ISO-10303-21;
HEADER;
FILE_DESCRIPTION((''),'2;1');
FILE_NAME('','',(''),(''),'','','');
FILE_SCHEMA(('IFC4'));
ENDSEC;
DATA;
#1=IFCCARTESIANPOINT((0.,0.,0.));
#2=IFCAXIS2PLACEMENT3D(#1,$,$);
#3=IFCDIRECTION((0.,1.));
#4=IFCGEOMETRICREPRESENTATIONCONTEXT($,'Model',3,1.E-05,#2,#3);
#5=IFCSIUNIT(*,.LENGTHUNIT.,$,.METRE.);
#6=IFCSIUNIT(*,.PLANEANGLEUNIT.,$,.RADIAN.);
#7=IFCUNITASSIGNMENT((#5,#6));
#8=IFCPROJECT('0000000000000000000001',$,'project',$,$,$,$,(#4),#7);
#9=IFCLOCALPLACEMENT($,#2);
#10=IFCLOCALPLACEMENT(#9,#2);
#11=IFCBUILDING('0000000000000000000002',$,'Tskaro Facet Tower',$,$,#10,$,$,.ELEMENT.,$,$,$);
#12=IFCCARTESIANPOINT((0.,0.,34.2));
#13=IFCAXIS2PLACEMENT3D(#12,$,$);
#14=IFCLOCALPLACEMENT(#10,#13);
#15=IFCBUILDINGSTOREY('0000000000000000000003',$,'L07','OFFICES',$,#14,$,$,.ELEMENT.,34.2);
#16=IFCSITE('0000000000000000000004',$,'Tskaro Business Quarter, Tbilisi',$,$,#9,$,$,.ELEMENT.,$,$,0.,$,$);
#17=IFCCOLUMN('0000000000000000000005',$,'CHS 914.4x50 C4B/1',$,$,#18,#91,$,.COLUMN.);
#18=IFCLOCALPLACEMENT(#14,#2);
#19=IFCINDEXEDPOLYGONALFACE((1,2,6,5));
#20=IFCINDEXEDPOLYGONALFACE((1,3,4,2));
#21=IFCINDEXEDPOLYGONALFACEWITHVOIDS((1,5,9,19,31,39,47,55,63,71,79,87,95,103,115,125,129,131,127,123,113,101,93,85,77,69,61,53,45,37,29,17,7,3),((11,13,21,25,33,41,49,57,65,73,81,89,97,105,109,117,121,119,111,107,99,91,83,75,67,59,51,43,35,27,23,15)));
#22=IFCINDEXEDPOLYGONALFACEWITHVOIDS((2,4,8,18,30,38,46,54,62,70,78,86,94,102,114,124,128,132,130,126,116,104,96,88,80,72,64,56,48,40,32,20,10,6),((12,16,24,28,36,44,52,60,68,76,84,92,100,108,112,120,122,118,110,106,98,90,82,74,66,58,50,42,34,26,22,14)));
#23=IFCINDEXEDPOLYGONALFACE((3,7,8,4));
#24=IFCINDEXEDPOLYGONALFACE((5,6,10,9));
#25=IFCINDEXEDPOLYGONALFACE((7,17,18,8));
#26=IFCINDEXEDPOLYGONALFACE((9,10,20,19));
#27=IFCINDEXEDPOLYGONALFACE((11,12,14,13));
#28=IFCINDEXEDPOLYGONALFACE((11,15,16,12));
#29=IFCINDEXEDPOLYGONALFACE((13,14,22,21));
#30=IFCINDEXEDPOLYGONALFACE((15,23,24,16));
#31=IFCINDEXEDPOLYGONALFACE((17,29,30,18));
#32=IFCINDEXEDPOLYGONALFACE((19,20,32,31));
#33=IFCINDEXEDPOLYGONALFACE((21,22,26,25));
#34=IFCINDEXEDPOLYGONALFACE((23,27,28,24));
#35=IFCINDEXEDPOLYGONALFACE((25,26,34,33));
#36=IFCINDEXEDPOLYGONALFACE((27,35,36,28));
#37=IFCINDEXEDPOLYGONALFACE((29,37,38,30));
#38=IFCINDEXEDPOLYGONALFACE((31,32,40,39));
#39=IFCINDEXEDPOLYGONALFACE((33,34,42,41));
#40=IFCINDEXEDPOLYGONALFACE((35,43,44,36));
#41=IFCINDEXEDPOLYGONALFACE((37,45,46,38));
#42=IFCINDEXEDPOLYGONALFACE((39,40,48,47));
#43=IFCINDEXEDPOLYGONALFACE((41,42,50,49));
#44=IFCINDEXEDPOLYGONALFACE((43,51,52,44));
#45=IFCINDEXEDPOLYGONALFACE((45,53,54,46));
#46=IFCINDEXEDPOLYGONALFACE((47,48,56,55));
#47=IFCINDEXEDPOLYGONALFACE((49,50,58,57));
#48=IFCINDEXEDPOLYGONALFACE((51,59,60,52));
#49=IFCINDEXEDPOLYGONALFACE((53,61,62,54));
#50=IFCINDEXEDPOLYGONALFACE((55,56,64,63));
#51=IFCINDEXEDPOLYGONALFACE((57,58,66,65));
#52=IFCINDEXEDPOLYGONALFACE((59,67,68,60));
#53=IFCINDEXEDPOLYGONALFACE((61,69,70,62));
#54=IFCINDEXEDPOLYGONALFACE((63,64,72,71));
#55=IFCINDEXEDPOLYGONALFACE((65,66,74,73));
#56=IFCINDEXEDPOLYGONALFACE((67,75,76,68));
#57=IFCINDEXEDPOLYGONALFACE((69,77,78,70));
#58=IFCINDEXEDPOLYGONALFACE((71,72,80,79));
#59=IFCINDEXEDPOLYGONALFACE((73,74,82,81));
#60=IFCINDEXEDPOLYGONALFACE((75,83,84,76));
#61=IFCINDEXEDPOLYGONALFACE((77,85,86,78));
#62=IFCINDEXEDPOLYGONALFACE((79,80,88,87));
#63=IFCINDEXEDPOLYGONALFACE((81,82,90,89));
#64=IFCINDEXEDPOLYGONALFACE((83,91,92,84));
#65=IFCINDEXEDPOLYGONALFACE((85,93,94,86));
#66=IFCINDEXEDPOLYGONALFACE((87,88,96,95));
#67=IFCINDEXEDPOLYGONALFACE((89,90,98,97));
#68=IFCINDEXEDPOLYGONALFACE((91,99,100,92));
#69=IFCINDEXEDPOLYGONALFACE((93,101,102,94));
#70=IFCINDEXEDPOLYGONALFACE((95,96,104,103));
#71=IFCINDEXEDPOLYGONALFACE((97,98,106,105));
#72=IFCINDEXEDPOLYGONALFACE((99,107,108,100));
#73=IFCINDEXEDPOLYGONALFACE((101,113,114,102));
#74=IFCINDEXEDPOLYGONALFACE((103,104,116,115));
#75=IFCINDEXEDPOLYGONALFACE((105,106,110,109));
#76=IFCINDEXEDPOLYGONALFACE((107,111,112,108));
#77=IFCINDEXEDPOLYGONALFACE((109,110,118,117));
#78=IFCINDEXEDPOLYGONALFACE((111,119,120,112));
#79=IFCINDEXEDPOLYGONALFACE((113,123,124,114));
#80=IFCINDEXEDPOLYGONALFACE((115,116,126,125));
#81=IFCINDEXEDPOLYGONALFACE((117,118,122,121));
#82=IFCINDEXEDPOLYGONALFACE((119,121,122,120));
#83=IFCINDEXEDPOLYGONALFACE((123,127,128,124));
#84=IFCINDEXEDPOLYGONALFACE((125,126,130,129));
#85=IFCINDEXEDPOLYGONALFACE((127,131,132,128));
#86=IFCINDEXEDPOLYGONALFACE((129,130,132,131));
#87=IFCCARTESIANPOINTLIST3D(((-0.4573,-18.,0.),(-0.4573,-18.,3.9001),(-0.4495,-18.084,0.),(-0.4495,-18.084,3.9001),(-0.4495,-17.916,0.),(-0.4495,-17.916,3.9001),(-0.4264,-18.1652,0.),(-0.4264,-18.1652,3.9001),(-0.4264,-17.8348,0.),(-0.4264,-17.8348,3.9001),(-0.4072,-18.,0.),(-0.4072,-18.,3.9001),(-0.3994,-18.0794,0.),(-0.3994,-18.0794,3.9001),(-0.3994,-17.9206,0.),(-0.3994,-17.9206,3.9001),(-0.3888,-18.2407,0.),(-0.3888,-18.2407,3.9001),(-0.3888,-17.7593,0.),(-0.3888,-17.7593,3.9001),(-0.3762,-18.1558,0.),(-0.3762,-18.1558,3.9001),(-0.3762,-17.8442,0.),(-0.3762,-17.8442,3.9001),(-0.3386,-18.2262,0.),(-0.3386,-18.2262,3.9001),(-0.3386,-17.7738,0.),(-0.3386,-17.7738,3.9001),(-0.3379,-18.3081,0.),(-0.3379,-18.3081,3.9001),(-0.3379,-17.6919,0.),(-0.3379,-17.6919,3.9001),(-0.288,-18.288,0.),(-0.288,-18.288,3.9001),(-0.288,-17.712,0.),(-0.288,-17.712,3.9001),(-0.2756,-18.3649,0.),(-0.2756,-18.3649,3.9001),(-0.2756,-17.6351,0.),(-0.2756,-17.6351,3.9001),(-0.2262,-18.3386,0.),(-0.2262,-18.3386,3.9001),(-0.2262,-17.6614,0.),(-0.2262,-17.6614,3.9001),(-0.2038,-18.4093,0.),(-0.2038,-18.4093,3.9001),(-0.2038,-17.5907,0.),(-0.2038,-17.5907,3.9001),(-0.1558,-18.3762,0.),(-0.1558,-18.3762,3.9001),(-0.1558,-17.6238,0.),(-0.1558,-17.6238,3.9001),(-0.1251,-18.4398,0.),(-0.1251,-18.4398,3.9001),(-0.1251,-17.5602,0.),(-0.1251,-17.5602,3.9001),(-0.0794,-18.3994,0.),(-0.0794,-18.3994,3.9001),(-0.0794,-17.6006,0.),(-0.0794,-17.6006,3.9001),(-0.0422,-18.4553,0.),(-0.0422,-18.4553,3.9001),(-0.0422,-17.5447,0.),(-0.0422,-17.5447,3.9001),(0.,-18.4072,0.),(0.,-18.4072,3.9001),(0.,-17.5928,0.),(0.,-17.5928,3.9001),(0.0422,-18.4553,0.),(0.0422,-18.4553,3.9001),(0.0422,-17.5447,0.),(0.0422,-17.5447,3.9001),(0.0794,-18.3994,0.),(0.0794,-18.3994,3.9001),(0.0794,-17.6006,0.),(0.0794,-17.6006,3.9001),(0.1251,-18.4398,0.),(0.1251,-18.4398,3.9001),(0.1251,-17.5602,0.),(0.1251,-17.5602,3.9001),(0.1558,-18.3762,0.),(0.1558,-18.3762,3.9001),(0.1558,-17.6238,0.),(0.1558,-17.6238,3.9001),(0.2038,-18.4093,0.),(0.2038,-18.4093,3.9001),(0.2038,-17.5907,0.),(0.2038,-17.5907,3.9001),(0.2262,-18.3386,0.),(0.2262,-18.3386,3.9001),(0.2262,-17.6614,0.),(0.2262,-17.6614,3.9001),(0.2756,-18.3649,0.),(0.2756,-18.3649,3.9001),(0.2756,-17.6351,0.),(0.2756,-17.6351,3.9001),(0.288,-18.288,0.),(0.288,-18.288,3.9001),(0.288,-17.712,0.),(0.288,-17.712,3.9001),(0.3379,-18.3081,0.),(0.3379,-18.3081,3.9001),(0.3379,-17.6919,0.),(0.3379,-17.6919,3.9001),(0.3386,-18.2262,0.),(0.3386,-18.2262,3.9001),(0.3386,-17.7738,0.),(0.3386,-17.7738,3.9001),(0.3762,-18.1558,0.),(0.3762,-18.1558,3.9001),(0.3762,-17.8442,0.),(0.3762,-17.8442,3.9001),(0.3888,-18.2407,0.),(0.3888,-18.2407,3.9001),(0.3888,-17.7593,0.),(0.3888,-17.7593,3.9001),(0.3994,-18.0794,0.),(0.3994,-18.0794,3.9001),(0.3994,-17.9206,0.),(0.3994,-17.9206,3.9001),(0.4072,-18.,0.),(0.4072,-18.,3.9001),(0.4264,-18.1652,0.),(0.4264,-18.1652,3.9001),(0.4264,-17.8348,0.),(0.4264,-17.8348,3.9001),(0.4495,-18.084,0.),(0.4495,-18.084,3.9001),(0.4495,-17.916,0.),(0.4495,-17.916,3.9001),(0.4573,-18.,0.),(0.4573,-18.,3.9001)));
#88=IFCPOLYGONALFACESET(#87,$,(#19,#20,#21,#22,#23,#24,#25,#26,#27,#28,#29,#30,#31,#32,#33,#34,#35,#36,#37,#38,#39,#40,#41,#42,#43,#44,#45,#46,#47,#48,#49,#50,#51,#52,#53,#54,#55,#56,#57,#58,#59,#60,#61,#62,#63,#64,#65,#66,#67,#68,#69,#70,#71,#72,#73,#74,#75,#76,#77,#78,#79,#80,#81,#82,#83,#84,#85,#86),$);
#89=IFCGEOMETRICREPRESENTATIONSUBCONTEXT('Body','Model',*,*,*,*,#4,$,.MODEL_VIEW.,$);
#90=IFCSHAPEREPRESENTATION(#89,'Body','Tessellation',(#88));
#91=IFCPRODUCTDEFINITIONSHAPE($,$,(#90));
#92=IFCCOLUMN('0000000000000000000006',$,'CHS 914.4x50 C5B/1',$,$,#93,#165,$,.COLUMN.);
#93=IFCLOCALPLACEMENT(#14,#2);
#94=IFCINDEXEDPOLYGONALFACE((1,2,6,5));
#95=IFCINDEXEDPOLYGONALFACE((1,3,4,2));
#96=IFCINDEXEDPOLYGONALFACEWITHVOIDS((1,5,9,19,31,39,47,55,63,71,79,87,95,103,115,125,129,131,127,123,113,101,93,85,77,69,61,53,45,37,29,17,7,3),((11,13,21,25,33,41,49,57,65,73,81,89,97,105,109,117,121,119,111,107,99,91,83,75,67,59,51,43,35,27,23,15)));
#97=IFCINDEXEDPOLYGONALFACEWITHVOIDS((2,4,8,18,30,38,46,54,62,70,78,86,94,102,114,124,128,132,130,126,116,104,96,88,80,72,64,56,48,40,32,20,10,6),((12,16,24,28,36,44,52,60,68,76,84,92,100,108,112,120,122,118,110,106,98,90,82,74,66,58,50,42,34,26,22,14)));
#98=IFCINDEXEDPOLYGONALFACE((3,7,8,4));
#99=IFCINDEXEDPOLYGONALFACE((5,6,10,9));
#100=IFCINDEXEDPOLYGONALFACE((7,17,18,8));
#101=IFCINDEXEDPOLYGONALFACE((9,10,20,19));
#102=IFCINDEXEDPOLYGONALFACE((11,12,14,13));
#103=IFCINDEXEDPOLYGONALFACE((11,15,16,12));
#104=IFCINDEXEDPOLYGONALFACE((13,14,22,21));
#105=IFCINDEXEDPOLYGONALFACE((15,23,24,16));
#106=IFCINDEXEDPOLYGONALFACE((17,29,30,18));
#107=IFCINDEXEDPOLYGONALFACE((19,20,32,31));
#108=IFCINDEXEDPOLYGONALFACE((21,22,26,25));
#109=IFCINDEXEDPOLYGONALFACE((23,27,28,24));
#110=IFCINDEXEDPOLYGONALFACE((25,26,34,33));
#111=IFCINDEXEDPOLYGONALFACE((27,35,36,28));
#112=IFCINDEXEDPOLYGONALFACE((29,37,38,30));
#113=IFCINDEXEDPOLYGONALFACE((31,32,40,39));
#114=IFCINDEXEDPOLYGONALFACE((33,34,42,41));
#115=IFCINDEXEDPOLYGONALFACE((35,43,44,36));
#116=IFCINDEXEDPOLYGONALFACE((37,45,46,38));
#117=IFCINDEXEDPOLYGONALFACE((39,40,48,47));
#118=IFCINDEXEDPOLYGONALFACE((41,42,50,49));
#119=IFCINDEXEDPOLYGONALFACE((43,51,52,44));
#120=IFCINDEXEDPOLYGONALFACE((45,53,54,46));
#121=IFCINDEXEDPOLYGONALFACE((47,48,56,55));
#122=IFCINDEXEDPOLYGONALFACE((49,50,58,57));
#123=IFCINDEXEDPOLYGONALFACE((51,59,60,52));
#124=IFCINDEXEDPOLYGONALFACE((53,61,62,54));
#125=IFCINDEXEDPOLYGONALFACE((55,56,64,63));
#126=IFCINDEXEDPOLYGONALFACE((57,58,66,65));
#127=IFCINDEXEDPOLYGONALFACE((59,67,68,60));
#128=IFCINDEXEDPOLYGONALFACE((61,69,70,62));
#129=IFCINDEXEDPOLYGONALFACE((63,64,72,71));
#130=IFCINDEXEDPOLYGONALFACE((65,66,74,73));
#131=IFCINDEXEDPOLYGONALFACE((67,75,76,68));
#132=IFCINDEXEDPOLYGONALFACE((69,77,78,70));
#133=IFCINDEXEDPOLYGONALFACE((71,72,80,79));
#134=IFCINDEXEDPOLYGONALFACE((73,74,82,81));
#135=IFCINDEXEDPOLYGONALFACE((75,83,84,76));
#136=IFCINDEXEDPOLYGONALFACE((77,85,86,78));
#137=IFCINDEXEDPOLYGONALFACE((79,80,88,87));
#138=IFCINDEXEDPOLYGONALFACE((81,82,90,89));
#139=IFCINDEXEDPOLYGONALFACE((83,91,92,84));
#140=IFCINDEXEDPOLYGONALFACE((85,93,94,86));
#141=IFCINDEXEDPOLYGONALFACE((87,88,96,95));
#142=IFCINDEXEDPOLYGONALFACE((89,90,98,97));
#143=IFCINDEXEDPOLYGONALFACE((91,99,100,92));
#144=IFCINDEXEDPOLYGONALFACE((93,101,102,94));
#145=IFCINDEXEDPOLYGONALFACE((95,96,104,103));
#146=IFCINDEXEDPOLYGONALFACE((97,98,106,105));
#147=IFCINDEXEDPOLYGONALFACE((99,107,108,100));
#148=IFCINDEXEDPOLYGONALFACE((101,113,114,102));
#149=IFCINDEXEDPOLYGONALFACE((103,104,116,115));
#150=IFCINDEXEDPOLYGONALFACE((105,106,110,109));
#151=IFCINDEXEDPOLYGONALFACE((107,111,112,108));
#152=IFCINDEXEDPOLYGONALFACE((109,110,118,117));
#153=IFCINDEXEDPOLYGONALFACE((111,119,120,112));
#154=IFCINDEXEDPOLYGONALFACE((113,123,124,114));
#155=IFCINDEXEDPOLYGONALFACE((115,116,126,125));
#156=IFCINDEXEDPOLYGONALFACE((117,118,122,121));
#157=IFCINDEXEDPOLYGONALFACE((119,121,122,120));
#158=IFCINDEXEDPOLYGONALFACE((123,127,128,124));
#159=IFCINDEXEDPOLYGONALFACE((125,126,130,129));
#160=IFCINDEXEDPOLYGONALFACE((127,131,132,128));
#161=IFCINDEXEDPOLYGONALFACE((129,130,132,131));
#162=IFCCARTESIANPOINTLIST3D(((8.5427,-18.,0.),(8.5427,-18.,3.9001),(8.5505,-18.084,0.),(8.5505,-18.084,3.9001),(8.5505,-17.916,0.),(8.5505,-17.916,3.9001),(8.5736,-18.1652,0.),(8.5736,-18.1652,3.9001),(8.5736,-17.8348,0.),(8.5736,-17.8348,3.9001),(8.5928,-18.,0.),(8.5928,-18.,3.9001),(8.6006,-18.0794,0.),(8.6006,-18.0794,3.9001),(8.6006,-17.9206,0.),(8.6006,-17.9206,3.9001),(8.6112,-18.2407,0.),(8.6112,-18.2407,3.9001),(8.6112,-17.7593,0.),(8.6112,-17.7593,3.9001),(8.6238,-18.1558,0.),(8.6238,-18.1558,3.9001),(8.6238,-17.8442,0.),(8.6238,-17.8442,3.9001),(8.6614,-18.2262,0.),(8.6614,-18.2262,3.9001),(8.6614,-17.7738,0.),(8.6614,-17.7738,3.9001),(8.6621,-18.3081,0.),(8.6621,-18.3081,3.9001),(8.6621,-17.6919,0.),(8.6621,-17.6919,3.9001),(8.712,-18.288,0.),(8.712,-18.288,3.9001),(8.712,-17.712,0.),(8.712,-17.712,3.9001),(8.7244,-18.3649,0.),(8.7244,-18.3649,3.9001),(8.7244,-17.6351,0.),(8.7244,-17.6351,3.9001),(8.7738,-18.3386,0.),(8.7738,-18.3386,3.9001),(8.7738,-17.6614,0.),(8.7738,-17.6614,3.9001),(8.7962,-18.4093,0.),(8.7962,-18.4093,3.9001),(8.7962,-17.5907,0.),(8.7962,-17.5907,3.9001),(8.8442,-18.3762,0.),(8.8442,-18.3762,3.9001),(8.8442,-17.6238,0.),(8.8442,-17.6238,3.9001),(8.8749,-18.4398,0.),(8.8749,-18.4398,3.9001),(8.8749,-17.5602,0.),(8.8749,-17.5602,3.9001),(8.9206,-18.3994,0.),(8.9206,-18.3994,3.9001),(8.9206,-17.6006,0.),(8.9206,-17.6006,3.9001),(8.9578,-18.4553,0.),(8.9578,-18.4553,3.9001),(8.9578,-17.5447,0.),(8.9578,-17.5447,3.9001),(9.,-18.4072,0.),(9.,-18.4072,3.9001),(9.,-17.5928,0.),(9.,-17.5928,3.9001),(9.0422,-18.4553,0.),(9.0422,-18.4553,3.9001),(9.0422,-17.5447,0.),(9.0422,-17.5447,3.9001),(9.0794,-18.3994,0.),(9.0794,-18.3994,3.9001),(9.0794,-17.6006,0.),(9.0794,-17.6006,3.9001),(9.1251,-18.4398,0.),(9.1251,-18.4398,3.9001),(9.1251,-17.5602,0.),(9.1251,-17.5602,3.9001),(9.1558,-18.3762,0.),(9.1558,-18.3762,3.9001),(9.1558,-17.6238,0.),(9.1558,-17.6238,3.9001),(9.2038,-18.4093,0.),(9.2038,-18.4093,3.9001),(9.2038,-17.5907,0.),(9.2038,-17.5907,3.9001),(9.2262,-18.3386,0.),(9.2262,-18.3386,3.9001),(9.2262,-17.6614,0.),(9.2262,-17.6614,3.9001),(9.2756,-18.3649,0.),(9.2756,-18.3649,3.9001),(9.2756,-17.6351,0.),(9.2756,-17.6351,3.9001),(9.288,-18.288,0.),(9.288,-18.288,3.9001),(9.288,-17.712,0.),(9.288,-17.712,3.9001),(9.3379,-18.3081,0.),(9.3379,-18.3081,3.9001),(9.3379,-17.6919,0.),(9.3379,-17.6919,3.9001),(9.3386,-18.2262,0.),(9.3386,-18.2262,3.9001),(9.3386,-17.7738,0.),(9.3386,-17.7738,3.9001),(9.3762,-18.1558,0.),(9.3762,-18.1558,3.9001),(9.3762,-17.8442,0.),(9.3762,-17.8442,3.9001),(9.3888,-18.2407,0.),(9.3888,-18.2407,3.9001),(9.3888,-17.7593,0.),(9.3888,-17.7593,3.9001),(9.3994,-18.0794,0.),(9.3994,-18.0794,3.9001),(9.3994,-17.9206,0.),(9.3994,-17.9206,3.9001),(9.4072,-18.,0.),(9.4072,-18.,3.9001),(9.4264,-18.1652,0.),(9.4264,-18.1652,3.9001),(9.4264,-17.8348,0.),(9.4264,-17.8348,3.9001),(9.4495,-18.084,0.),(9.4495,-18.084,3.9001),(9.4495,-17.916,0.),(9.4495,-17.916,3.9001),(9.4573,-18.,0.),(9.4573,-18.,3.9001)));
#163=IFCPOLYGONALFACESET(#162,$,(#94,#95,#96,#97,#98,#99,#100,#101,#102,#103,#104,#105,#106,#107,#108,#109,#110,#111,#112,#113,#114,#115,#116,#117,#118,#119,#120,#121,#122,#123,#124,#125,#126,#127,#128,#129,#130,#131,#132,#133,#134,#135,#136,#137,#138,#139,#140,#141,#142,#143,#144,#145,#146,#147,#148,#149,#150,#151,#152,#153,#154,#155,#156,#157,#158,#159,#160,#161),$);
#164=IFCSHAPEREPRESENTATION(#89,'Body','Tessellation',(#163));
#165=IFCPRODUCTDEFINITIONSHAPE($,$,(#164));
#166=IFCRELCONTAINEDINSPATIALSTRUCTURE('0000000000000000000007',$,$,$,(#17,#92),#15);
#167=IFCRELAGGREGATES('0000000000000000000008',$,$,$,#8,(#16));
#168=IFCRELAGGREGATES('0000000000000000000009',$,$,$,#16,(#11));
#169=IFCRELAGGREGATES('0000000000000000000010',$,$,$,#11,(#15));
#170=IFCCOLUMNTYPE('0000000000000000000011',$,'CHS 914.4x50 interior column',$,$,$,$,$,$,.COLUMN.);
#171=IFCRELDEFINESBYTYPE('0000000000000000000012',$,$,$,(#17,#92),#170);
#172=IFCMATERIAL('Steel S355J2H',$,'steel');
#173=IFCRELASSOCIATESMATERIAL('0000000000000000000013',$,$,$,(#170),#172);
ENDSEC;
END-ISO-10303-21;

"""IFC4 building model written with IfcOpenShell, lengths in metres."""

from ifc_helpers import new_model, si_unit, direction, frame, origin, origin_2d, place, context, subcontext, project, spatial, hollow_circle, extrude, material, material_profile, profile_set, type_object, element, save


model = new_model("IFC4")

# Units and contexts
model_context = context("Model", 3, precision=1e-05, world=origin(), true_north=direction((0.0, 1.0)))
body_context = subcontext(model_context, "Body", "Model", "MODEL_VIEW")
ifc_project = project(units=[si_unit("LENGTHUNIT", "METRE"), si_unit("PLANEANGLEUNIT", "RADIAN")], contexts=[model_context])

# Site, building, storey
site_placement = place(None, origin())
site = spatial("IfcSite", under=ifc_project, at=site_placement, Name="Tskaro Business Quarter, Tbilisi", CompositionType="ELEMENT", RefElevation=0.0)
building_placement = place(site_placement, origin())
building = spatial("IfcBuilding", under=site, at=building_placement, Name="Tskaro Facet Tower", CompositionType="ELEMENT")
storey_placement = place(building_placement, frame((0.0, 0.0, 34.2)))
storey = spatial("IfcBuildingStorey", under=building, at=storey_placement, Name="L07", Description="OFFICES", CompositionType="ELEMENT", Elevation=34.2)

# Columns
ifc_material_1 = material(Name="Steel S355J2H", Category="steel")
ifc_material_profile_1 = material_profile(ifc_material_1, hollow_circle(Radius=0.4573, WallThickness=0.05, at=origin_2d()), Name="CHS 914.4x50")
ifc_profile_set_1 = profile_set([ifc_material_profile_1], Name="Steel S355J2H")
column_type_1 = type_object("IfcColumnType", Name="CHS 914.4x50 interior column", PredefinedType="COLUMN", material=ifc_profile_set_1)
for number, where, z_axis, x_axis, name in (
    (1, (0.0, -18.0, 0.0), (0.0, 0.0, 1.0), (1.0, 0.0, 0.0), "CHS 914.4x50 C4B/1"),
    (2, (9.0, -18.0, 0.0), (0.0, 0.0, 1.0), (1.0, 0.0, 0.0), "CHS 914.4x50 C5B/1"),
):
    element("IfcColumn", number, at=place(storey_placement, frame(where, z_axis=z_axis, x_axis=x_axis)), inside=storey, type_object=column_type_1, Name=name, PredefinedType="COLUMN", context=body_context, shape_type="SweptSolid", body=[
        extrude(hollow_circle(Radius=0.4573, WallThickness=0.05, at=origin_2d()), origin(), (0.0, 0.0, 1.0), 3.9001),
    ])

save(model, "model.ifc")
